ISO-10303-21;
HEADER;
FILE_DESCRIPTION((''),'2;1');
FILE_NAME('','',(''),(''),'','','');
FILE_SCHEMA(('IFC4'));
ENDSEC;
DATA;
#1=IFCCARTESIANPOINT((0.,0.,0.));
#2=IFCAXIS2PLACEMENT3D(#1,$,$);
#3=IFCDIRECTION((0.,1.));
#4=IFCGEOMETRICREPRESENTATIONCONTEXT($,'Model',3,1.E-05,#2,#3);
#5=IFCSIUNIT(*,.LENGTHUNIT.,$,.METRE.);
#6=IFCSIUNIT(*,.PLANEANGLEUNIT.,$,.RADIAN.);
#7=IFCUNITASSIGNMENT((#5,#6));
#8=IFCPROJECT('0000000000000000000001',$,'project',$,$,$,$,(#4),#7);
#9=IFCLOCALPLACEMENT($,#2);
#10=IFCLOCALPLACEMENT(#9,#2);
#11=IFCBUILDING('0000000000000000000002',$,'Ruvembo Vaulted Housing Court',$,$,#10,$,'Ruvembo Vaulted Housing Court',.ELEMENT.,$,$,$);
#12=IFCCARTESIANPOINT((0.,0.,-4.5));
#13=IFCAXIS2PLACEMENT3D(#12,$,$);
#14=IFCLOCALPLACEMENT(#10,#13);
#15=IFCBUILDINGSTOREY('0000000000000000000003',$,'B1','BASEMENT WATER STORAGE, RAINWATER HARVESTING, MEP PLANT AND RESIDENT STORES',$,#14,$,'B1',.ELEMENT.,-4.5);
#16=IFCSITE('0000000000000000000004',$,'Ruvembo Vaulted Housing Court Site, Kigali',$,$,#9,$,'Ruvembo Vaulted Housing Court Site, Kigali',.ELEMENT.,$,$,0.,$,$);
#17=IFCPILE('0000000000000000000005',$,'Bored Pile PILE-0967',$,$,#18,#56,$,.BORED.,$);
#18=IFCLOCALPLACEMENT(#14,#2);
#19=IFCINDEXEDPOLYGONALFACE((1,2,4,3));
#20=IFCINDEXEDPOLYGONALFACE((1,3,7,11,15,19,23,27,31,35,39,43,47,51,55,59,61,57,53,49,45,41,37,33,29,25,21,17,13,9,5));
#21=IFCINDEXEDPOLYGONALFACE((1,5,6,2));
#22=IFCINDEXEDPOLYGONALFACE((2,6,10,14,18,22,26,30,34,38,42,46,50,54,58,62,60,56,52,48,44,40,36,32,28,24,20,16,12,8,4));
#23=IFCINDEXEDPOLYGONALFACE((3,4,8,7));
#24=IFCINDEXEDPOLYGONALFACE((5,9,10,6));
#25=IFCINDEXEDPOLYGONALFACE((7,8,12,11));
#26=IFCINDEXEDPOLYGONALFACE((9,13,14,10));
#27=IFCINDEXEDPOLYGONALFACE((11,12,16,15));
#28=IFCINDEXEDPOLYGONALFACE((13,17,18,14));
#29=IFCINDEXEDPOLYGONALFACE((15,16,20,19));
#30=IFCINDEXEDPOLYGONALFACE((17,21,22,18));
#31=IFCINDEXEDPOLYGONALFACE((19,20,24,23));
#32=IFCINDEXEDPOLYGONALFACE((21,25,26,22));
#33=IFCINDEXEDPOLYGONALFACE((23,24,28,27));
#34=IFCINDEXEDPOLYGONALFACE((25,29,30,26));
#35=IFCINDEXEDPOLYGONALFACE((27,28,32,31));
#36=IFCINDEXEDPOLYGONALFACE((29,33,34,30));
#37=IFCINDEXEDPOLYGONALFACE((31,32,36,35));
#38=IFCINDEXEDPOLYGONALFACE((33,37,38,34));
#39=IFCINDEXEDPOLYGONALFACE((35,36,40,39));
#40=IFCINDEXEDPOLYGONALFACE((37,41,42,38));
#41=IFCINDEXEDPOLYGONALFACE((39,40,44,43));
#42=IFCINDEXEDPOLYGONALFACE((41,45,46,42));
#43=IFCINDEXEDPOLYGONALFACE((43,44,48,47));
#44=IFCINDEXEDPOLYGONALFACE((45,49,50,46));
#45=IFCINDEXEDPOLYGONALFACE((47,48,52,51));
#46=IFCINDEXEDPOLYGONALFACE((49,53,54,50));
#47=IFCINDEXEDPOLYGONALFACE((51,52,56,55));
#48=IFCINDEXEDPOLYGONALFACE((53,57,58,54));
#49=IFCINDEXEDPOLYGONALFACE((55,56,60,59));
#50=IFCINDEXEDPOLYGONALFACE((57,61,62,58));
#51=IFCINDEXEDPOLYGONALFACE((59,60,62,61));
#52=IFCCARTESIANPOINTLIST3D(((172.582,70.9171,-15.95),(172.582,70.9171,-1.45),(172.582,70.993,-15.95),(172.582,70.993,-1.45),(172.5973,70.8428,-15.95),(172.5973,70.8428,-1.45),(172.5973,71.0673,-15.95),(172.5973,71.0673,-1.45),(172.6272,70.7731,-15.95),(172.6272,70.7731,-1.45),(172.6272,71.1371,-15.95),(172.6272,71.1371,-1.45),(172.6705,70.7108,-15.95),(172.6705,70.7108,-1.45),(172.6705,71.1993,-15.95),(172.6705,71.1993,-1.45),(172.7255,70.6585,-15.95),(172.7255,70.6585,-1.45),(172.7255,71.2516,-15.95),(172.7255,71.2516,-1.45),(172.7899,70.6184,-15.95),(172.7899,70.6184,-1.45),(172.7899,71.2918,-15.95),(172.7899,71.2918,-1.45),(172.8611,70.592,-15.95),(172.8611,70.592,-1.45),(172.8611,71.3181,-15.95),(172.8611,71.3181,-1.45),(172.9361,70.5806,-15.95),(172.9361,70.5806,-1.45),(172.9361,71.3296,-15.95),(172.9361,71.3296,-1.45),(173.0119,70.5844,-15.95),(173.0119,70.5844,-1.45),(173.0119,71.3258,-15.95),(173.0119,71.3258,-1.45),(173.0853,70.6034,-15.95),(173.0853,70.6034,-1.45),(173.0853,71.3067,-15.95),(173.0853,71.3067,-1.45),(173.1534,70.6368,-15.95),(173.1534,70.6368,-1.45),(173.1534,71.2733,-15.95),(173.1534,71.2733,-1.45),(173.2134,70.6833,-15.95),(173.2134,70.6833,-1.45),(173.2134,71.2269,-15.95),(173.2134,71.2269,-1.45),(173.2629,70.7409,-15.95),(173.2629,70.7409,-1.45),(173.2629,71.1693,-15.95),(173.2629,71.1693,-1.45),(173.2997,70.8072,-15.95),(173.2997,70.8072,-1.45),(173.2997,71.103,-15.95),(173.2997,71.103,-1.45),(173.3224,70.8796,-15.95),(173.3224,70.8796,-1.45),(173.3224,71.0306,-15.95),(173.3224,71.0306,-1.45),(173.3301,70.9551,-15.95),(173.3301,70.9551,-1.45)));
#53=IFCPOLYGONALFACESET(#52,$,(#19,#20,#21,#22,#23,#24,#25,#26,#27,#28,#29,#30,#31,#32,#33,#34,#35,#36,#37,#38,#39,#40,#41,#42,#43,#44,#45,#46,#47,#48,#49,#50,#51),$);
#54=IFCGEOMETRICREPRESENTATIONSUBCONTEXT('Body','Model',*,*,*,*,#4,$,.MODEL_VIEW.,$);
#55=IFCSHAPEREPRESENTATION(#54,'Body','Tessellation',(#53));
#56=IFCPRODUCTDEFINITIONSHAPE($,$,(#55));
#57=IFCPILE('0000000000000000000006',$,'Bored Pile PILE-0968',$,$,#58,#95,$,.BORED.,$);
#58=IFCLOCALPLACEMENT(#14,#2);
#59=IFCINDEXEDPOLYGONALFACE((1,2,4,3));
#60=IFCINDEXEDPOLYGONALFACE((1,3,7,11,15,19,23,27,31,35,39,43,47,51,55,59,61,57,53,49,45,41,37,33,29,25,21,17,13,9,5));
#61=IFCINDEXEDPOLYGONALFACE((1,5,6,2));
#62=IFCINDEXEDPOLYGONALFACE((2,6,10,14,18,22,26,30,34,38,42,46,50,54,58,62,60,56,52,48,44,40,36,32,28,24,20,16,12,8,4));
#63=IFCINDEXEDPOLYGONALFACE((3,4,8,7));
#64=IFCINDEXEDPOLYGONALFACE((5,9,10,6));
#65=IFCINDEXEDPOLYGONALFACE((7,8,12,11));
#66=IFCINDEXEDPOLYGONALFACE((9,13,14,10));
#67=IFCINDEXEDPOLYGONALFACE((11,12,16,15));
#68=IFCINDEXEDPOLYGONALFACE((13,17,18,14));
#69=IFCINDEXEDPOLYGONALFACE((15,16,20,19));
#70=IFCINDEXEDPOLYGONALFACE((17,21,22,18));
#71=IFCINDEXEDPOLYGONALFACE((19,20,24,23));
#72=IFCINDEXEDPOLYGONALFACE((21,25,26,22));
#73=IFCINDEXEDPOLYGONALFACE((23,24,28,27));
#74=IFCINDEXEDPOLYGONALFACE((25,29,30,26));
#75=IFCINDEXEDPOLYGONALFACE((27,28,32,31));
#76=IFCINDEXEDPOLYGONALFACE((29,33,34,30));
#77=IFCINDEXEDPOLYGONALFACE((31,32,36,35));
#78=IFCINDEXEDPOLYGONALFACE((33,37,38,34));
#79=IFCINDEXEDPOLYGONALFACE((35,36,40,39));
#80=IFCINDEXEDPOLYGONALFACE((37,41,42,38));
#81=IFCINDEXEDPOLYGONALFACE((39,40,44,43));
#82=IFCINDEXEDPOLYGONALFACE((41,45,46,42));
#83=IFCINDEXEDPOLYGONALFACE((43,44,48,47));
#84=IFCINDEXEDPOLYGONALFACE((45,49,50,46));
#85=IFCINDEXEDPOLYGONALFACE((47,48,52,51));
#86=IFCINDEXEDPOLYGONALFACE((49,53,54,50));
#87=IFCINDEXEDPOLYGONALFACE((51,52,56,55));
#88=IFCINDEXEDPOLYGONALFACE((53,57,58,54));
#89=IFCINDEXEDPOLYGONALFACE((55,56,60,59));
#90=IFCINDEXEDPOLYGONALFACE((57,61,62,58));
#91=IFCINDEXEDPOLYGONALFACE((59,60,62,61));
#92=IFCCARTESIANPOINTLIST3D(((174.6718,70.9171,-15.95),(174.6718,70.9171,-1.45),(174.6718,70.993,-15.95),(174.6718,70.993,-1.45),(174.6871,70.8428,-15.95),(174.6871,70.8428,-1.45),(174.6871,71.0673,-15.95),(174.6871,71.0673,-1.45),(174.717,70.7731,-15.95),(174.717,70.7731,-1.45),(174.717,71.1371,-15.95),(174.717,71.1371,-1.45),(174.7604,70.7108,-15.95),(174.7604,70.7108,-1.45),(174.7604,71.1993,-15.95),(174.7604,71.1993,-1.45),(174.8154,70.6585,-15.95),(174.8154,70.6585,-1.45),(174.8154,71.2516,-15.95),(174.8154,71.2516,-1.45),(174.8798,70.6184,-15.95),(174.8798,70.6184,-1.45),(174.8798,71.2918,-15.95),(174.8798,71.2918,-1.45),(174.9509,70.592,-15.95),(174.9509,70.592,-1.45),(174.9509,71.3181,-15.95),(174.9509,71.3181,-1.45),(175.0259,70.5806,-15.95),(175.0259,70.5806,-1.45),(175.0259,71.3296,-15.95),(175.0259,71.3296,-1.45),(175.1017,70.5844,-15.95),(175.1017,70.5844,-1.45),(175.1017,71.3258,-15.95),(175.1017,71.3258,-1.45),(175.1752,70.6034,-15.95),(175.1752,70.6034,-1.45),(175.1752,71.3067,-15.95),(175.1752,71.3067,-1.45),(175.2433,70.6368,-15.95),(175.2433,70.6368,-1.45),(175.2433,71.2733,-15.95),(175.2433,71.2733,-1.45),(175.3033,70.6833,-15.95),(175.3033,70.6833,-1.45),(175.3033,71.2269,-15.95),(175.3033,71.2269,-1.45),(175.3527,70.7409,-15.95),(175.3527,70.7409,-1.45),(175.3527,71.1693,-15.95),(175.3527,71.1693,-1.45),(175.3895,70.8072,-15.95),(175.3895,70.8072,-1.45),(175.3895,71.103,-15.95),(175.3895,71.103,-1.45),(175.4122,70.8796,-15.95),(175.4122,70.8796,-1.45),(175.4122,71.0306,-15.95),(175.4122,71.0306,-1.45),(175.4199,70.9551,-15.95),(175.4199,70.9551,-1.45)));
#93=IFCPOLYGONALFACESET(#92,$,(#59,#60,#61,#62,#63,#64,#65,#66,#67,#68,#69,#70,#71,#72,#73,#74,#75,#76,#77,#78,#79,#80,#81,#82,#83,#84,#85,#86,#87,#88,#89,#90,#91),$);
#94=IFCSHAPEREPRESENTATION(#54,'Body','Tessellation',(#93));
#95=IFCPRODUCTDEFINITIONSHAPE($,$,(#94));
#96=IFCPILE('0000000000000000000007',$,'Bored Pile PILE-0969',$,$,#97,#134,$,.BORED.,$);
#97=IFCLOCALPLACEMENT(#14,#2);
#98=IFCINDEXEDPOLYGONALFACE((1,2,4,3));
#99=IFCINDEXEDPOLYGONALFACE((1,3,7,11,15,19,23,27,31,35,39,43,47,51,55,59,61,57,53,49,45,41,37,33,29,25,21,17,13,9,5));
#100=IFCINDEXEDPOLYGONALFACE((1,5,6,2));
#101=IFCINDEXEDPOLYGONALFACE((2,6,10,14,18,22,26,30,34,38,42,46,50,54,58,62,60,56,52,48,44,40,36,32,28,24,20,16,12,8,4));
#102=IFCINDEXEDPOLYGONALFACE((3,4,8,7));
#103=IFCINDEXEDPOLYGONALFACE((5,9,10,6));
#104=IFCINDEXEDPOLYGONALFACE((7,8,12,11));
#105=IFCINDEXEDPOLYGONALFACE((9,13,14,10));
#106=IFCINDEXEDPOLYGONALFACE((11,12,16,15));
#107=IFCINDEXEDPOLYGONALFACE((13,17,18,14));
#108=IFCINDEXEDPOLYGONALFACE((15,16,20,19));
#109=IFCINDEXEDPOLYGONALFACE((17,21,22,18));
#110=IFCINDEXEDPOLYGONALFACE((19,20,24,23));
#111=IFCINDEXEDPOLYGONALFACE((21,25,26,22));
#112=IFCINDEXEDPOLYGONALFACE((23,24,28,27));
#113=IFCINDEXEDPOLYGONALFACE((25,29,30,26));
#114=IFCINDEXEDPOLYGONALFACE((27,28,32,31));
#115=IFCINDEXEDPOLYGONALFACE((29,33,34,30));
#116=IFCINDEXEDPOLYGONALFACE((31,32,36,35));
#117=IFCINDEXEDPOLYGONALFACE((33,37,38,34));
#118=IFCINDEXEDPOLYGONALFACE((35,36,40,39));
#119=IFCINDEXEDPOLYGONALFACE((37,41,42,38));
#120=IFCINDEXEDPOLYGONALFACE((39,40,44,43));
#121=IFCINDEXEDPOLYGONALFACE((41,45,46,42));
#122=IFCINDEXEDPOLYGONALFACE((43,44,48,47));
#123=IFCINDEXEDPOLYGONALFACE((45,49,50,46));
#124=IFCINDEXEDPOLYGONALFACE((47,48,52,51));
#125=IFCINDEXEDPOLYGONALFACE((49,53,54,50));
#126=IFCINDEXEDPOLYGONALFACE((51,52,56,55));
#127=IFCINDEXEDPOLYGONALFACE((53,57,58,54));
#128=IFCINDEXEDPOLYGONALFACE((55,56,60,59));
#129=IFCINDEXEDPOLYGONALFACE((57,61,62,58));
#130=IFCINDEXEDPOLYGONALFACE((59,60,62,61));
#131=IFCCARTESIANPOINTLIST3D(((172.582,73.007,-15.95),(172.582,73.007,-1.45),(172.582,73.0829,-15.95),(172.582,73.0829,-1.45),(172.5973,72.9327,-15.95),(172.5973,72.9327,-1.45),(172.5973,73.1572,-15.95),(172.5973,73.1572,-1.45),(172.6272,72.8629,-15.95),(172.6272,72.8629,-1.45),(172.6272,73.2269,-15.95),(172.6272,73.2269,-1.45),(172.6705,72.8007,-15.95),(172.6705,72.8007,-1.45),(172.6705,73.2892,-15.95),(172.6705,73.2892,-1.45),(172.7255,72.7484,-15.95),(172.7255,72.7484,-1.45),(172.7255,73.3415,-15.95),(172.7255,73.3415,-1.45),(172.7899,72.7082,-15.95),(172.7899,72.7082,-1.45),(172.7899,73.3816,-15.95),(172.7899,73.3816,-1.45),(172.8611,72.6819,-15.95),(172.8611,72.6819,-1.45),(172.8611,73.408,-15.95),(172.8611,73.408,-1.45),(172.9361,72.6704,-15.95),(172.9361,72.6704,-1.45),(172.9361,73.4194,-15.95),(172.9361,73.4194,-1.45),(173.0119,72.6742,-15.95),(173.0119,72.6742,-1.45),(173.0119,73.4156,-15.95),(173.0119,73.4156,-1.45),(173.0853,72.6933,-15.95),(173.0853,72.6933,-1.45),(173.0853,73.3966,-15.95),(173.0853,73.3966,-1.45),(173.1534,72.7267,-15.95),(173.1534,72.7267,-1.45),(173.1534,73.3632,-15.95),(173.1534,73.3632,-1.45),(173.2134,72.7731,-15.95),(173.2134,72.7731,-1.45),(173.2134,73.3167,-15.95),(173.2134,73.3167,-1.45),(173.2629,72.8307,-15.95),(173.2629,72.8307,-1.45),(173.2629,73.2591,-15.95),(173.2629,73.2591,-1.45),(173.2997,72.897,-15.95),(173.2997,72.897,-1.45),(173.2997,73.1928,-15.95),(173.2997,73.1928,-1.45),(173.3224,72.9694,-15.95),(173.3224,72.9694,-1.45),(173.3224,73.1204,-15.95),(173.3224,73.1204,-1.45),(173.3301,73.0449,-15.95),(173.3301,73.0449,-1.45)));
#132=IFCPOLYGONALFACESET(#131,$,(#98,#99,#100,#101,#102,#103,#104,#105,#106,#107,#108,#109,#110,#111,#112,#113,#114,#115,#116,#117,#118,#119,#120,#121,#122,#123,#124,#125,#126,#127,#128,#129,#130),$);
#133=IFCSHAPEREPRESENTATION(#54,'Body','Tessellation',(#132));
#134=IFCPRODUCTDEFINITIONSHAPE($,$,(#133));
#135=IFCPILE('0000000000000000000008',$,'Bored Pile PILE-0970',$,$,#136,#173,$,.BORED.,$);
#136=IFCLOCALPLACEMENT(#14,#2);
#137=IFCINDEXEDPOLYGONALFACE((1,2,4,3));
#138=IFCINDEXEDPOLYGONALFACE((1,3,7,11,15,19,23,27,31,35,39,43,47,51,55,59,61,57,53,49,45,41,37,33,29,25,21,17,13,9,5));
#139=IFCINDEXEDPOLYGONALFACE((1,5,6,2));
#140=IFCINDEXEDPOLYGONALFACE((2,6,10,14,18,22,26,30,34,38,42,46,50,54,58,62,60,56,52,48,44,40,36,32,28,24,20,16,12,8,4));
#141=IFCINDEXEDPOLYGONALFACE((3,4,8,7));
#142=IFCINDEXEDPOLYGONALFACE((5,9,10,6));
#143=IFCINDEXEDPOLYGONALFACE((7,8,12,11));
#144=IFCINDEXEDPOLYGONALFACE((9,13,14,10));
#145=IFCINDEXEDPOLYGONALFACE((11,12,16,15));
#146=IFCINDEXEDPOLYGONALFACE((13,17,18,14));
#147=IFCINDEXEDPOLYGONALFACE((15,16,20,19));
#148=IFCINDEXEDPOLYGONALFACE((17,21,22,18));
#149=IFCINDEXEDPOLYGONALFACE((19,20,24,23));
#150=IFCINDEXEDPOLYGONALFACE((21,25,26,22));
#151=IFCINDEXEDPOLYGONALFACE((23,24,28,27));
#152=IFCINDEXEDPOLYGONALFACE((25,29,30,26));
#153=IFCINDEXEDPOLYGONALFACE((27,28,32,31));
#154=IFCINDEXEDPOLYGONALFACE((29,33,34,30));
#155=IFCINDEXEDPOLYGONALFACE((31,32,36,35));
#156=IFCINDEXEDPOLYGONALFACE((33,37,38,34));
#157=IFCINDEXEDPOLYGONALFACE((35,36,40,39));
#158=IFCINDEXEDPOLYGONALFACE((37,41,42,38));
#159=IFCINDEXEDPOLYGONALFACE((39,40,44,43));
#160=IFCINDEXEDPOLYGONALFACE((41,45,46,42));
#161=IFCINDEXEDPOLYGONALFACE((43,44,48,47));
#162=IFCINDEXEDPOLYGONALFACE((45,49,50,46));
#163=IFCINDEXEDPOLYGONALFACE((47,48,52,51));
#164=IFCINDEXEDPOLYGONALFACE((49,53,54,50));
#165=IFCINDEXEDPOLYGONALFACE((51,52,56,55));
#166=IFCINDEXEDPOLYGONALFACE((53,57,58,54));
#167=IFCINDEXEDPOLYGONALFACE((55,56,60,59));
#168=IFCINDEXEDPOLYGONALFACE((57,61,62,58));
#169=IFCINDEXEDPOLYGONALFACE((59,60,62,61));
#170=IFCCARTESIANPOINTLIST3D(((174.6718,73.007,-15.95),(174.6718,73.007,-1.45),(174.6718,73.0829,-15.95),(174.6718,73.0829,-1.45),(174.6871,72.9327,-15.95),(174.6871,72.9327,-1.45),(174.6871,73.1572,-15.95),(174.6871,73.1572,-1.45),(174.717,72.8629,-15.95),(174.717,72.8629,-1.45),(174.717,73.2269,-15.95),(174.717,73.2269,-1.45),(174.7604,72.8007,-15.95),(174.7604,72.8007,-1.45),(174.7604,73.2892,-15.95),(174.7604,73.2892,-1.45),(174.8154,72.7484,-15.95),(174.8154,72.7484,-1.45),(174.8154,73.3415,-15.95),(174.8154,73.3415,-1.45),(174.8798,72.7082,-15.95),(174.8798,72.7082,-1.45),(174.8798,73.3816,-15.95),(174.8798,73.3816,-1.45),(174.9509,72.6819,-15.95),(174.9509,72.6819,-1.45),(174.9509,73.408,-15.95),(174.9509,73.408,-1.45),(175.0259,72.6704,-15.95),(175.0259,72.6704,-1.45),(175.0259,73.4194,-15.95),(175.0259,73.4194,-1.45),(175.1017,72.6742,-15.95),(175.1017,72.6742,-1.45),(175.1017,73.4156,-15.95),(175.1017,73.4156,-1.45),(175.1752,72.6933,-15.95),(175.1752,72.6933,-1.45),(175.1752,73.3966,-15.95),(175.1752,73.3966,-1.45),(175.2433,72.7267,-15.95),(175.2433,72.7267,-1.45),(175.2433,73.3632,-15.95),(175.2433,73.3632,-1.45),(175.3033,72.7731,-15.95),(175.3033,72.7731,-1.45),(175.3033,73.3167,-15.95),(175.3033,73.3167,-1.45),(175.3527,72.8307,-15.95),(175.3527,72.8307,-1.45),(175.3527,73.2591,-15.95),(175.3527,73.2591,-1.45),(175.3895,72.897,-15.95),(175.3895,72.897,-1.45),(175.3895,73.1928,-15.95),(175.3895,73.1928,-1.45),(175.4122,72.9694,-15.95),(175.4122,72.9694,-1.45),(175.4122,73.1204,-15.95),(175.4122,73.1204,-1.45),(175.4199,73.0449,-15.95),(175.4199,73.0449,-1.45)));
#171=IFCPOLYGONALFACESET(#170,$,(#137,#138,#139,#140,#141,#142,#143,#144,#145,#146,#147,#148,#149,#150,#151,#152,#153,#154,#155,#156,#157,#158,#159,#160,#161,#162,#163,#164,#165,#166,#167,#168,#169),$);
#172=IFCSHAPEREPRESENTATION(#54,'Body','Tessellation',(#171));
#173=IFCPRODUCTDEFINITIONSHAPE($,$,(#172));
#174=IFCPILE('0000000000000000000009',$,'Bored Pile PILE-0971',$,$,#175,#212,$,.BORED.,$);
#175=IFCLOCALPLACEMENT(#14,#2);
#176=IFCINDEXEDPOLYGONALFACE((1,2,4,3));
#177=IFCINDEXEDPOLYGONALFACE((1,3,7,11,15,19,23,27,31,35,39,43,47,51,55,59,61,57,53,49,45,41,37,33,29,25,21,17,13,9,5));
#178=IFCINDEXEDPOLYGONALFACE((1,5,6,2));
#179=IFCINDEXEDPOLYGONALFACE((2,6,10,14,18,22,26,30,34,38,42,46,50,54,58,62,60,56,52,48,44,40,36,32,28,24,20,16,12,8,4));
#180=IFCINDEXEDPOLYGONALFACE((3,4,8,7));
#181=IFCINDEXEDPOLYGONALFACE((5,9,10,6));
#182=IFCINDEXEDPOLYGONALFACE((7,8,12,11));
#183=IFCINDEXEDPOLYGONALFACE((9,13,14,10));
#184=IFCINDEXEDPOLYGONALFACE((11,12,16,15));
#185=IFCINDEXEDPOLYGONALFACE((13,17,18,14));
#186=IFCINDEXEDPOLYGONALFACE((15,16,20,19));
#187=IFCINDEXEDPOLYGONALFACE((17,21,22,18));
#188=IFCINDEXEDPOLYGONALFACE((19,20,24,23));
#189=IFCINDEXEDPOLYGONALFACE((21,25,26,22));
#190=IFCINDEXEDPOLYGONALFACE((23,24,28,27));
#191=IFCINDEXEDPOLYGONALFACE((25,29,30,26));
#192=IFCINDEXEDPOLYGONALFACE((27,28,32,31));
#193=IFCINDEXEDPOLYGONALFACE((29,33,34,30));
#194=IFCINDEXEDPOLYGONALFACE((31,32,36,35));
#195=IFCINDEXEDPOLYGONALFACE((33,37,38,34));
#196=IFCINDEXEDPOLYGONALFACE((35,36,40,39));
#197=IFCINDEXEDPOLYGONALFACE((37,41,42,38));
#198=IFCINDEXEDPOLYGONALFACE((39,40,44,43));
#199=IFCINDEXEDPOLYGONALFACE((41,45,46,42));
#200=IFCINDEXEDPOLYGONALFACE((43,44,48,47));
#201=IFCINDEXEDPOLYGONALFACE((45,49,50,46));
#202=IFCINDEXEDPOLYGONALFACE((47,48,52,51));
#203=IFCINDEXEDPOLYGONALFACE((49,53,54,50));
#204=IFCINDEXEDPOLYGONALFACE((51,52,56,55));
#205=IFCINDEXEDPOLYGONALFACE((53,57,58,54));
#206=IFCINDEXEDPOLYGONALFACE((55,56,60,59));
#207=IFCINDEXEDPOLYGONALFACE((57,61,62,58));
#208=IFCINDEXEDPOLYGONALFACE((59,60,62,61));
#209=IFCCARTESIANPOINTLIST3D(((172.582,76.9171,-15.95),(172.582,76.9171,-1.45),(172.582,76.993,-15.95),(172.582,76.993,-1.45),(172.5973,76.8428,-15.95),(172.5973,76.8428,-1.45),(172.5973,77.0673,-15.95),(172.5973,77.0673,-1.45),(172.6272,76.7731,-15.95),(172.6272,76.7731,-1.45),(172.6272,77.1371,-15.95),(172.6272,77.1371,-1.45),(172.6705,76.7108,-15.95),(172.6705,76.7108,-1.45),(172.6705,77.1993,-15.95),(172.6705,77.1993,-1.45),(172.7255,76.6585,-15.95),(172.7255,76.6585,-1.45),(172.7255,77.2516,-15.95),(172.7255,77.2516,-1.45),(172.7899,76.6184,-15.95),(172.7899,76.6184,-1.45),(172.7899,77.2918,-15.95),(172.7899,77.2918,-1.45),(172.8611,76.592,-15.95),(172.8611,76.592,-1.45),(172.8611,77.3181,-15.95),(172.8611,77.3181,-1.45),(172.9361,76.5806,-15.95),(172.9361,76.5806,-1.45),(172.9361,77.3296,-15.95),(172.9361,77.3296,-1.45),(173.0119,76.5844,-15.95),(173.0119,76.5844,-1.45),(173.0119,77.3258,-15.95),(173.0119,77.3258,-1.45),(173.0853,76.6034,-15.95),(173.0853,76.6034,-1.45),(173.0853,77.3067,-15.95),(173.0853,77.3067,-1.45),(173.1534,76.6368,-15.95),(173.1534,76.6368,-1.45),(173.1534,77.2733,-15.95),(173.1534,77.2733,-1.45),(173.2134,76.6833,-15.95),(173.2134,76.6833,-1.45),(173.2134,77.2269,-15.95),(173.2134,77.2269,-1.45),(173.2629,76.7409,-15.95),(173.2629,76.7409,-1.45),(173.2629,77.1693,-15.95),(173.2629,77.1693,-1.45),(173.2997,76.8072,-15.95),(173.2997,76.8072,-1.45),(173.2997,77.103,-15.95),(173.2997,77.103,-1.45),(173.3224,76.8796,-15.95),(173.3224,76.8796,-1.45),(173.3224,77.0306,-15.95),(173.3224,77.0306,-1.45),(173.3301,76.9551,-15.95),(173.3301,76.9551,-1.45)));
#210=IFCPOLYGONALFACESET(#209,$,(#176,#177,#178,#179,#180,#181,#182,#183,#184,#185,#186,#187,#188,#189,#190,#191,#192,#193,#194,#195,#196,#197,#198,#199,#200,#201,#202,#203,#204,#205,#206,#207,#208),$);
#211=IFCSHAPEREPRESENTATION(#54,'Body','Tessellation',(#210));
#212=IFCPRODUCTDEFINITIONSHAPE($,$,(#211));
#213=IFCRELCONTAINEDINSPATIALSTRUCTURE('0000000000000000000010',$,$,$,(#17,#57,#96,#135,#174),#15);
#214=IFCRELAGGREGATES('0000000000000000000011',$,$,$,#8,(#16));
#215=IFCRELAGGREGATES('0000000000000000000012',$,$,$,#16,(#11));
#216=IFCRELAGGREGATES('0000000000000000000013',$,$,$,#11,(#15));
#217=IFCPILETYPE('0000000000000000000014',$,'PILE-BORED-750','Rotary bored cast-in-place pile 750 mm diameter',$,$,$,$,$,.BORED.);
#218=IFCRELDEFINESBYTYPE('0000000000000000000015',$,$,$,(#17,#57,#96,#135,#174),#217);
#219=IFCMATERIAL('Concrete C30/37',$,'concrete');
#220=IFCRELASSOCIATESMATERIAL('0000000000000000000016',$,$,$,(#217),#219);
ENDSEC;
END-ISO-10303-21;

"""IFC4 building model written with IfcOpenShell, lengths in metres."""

from ifc_helpers import new_model, si_unit, direction, frame, origin, origin_2d, place, context, subcontext, project, spatial, circle, extrude, material, material_profile, profile_set, type_object, element, save


model = new_model("IFC4")

# Units and contexts
model_context = context("Model", 3, precision=1e-05, world=origin(), true_north=direction((0.0, 1.0)))
body_context = subcontext(model_context, "Body", "Model", "MODEL_VIEW")
ifc_project = project(units=[si_unit("LENGTHUNIT", "METRE"), si_unit("PLANEANGLEUNIT", "RADIAN")], contexts=[model_context])

# Site, building, storey
site_placement = place(None, origin())
site = spatial("IfcSite", under=ifc_project, at=site_placement, Name="Ruvembo Vaulted Housing Court Site, Kigali", LongName="Ruvembo Vaulted Housing Court Site, Kigali", CompositionType="ELEMENT", RefElevation=0.0)
building_placement = place(site_placement, origin())
building = spatial("IfcBuilding", under=site, at=building_placement, Name="Ruvembo Vaulted Housing Court", LongName="Ruvembo Vaulted Housing Court", CompositionType="ELEMENT")
storey_placement = place(building_placement, frame((0.0, 0.0, -4.5)))
storey = spatial("IfcBuildingStorey", under=building, at=storey_placement, Name="B1", Description="BASEMENT WATER STORAGE, RAINWATER HARVESTING, MEP PLANT AND RESIDENT STORES", LongName="B1", CompositionType="ELEMENT", Elevation=-4.5)

# Piles
ifc_material_1 = material(Name="Concrete C30/37", Category="concrete")
ifc_material_profile_1 = material_profile(ifc_material_1, circle(Radius=0.375, at=origin_2d()), Name="PILE D750")
ifc_profile_set_1 = profile_set([ifc_material_profile_1], Name="Concrete C30/37")
pile_type = type_object("IfcPileType", Name="PILE-BORED-750", Description="Rotary bored cast-in-place pile 750 mm diameter", PredefinedType="BORED", material=ifc_profile_set_1)
for number, where, z_axis, x_axis, name in (
    (1, (172.9551, 70.9551, -1.45), (0.0, 0.0, -1.0), (1.0, 0.0, 0.0), "Bored Pile PILE-0967"),
    (2, (175.0449, 70.9551, -1.45), (0.0, 0.0, -1.0), (1.0, 0.0, 0.0), "Bored Pile PILE-0968"),
    (3, (172.9551, 73.0449, -1.45), (0.0, 0.0, -1.0), (1.0, 0.0, 0.0), "Bored Pile PILE-0969"),
    (4, (175.0449, 73.0449, -1.45), (0.0, 0.0, -1.0), (1.0, 0.0, 0.0), "Bored Pile PILE-0970"),
    (5, (172.9551, 76.9551, -1.45), (0.0, 0.0, -1.0), (1.0, 0.0, 0.0), "Bored Pile PILE-0971"),
):
    element("IfcPile", number, at=place(storey_placement, frame(where, z_axis=z_axis, x_axis=x_axis)), inside=storey, type_object=pile_type, Name=name, PredefinedType="BORED", context=body_context, shape_type="SweptSolid", body=[
        extrude(circle(Radius=0.375, at=origin_2d()), origin(), (0.0, 0.0, 1.0), 14.5),
    ])

save(model, "model.ifc")
